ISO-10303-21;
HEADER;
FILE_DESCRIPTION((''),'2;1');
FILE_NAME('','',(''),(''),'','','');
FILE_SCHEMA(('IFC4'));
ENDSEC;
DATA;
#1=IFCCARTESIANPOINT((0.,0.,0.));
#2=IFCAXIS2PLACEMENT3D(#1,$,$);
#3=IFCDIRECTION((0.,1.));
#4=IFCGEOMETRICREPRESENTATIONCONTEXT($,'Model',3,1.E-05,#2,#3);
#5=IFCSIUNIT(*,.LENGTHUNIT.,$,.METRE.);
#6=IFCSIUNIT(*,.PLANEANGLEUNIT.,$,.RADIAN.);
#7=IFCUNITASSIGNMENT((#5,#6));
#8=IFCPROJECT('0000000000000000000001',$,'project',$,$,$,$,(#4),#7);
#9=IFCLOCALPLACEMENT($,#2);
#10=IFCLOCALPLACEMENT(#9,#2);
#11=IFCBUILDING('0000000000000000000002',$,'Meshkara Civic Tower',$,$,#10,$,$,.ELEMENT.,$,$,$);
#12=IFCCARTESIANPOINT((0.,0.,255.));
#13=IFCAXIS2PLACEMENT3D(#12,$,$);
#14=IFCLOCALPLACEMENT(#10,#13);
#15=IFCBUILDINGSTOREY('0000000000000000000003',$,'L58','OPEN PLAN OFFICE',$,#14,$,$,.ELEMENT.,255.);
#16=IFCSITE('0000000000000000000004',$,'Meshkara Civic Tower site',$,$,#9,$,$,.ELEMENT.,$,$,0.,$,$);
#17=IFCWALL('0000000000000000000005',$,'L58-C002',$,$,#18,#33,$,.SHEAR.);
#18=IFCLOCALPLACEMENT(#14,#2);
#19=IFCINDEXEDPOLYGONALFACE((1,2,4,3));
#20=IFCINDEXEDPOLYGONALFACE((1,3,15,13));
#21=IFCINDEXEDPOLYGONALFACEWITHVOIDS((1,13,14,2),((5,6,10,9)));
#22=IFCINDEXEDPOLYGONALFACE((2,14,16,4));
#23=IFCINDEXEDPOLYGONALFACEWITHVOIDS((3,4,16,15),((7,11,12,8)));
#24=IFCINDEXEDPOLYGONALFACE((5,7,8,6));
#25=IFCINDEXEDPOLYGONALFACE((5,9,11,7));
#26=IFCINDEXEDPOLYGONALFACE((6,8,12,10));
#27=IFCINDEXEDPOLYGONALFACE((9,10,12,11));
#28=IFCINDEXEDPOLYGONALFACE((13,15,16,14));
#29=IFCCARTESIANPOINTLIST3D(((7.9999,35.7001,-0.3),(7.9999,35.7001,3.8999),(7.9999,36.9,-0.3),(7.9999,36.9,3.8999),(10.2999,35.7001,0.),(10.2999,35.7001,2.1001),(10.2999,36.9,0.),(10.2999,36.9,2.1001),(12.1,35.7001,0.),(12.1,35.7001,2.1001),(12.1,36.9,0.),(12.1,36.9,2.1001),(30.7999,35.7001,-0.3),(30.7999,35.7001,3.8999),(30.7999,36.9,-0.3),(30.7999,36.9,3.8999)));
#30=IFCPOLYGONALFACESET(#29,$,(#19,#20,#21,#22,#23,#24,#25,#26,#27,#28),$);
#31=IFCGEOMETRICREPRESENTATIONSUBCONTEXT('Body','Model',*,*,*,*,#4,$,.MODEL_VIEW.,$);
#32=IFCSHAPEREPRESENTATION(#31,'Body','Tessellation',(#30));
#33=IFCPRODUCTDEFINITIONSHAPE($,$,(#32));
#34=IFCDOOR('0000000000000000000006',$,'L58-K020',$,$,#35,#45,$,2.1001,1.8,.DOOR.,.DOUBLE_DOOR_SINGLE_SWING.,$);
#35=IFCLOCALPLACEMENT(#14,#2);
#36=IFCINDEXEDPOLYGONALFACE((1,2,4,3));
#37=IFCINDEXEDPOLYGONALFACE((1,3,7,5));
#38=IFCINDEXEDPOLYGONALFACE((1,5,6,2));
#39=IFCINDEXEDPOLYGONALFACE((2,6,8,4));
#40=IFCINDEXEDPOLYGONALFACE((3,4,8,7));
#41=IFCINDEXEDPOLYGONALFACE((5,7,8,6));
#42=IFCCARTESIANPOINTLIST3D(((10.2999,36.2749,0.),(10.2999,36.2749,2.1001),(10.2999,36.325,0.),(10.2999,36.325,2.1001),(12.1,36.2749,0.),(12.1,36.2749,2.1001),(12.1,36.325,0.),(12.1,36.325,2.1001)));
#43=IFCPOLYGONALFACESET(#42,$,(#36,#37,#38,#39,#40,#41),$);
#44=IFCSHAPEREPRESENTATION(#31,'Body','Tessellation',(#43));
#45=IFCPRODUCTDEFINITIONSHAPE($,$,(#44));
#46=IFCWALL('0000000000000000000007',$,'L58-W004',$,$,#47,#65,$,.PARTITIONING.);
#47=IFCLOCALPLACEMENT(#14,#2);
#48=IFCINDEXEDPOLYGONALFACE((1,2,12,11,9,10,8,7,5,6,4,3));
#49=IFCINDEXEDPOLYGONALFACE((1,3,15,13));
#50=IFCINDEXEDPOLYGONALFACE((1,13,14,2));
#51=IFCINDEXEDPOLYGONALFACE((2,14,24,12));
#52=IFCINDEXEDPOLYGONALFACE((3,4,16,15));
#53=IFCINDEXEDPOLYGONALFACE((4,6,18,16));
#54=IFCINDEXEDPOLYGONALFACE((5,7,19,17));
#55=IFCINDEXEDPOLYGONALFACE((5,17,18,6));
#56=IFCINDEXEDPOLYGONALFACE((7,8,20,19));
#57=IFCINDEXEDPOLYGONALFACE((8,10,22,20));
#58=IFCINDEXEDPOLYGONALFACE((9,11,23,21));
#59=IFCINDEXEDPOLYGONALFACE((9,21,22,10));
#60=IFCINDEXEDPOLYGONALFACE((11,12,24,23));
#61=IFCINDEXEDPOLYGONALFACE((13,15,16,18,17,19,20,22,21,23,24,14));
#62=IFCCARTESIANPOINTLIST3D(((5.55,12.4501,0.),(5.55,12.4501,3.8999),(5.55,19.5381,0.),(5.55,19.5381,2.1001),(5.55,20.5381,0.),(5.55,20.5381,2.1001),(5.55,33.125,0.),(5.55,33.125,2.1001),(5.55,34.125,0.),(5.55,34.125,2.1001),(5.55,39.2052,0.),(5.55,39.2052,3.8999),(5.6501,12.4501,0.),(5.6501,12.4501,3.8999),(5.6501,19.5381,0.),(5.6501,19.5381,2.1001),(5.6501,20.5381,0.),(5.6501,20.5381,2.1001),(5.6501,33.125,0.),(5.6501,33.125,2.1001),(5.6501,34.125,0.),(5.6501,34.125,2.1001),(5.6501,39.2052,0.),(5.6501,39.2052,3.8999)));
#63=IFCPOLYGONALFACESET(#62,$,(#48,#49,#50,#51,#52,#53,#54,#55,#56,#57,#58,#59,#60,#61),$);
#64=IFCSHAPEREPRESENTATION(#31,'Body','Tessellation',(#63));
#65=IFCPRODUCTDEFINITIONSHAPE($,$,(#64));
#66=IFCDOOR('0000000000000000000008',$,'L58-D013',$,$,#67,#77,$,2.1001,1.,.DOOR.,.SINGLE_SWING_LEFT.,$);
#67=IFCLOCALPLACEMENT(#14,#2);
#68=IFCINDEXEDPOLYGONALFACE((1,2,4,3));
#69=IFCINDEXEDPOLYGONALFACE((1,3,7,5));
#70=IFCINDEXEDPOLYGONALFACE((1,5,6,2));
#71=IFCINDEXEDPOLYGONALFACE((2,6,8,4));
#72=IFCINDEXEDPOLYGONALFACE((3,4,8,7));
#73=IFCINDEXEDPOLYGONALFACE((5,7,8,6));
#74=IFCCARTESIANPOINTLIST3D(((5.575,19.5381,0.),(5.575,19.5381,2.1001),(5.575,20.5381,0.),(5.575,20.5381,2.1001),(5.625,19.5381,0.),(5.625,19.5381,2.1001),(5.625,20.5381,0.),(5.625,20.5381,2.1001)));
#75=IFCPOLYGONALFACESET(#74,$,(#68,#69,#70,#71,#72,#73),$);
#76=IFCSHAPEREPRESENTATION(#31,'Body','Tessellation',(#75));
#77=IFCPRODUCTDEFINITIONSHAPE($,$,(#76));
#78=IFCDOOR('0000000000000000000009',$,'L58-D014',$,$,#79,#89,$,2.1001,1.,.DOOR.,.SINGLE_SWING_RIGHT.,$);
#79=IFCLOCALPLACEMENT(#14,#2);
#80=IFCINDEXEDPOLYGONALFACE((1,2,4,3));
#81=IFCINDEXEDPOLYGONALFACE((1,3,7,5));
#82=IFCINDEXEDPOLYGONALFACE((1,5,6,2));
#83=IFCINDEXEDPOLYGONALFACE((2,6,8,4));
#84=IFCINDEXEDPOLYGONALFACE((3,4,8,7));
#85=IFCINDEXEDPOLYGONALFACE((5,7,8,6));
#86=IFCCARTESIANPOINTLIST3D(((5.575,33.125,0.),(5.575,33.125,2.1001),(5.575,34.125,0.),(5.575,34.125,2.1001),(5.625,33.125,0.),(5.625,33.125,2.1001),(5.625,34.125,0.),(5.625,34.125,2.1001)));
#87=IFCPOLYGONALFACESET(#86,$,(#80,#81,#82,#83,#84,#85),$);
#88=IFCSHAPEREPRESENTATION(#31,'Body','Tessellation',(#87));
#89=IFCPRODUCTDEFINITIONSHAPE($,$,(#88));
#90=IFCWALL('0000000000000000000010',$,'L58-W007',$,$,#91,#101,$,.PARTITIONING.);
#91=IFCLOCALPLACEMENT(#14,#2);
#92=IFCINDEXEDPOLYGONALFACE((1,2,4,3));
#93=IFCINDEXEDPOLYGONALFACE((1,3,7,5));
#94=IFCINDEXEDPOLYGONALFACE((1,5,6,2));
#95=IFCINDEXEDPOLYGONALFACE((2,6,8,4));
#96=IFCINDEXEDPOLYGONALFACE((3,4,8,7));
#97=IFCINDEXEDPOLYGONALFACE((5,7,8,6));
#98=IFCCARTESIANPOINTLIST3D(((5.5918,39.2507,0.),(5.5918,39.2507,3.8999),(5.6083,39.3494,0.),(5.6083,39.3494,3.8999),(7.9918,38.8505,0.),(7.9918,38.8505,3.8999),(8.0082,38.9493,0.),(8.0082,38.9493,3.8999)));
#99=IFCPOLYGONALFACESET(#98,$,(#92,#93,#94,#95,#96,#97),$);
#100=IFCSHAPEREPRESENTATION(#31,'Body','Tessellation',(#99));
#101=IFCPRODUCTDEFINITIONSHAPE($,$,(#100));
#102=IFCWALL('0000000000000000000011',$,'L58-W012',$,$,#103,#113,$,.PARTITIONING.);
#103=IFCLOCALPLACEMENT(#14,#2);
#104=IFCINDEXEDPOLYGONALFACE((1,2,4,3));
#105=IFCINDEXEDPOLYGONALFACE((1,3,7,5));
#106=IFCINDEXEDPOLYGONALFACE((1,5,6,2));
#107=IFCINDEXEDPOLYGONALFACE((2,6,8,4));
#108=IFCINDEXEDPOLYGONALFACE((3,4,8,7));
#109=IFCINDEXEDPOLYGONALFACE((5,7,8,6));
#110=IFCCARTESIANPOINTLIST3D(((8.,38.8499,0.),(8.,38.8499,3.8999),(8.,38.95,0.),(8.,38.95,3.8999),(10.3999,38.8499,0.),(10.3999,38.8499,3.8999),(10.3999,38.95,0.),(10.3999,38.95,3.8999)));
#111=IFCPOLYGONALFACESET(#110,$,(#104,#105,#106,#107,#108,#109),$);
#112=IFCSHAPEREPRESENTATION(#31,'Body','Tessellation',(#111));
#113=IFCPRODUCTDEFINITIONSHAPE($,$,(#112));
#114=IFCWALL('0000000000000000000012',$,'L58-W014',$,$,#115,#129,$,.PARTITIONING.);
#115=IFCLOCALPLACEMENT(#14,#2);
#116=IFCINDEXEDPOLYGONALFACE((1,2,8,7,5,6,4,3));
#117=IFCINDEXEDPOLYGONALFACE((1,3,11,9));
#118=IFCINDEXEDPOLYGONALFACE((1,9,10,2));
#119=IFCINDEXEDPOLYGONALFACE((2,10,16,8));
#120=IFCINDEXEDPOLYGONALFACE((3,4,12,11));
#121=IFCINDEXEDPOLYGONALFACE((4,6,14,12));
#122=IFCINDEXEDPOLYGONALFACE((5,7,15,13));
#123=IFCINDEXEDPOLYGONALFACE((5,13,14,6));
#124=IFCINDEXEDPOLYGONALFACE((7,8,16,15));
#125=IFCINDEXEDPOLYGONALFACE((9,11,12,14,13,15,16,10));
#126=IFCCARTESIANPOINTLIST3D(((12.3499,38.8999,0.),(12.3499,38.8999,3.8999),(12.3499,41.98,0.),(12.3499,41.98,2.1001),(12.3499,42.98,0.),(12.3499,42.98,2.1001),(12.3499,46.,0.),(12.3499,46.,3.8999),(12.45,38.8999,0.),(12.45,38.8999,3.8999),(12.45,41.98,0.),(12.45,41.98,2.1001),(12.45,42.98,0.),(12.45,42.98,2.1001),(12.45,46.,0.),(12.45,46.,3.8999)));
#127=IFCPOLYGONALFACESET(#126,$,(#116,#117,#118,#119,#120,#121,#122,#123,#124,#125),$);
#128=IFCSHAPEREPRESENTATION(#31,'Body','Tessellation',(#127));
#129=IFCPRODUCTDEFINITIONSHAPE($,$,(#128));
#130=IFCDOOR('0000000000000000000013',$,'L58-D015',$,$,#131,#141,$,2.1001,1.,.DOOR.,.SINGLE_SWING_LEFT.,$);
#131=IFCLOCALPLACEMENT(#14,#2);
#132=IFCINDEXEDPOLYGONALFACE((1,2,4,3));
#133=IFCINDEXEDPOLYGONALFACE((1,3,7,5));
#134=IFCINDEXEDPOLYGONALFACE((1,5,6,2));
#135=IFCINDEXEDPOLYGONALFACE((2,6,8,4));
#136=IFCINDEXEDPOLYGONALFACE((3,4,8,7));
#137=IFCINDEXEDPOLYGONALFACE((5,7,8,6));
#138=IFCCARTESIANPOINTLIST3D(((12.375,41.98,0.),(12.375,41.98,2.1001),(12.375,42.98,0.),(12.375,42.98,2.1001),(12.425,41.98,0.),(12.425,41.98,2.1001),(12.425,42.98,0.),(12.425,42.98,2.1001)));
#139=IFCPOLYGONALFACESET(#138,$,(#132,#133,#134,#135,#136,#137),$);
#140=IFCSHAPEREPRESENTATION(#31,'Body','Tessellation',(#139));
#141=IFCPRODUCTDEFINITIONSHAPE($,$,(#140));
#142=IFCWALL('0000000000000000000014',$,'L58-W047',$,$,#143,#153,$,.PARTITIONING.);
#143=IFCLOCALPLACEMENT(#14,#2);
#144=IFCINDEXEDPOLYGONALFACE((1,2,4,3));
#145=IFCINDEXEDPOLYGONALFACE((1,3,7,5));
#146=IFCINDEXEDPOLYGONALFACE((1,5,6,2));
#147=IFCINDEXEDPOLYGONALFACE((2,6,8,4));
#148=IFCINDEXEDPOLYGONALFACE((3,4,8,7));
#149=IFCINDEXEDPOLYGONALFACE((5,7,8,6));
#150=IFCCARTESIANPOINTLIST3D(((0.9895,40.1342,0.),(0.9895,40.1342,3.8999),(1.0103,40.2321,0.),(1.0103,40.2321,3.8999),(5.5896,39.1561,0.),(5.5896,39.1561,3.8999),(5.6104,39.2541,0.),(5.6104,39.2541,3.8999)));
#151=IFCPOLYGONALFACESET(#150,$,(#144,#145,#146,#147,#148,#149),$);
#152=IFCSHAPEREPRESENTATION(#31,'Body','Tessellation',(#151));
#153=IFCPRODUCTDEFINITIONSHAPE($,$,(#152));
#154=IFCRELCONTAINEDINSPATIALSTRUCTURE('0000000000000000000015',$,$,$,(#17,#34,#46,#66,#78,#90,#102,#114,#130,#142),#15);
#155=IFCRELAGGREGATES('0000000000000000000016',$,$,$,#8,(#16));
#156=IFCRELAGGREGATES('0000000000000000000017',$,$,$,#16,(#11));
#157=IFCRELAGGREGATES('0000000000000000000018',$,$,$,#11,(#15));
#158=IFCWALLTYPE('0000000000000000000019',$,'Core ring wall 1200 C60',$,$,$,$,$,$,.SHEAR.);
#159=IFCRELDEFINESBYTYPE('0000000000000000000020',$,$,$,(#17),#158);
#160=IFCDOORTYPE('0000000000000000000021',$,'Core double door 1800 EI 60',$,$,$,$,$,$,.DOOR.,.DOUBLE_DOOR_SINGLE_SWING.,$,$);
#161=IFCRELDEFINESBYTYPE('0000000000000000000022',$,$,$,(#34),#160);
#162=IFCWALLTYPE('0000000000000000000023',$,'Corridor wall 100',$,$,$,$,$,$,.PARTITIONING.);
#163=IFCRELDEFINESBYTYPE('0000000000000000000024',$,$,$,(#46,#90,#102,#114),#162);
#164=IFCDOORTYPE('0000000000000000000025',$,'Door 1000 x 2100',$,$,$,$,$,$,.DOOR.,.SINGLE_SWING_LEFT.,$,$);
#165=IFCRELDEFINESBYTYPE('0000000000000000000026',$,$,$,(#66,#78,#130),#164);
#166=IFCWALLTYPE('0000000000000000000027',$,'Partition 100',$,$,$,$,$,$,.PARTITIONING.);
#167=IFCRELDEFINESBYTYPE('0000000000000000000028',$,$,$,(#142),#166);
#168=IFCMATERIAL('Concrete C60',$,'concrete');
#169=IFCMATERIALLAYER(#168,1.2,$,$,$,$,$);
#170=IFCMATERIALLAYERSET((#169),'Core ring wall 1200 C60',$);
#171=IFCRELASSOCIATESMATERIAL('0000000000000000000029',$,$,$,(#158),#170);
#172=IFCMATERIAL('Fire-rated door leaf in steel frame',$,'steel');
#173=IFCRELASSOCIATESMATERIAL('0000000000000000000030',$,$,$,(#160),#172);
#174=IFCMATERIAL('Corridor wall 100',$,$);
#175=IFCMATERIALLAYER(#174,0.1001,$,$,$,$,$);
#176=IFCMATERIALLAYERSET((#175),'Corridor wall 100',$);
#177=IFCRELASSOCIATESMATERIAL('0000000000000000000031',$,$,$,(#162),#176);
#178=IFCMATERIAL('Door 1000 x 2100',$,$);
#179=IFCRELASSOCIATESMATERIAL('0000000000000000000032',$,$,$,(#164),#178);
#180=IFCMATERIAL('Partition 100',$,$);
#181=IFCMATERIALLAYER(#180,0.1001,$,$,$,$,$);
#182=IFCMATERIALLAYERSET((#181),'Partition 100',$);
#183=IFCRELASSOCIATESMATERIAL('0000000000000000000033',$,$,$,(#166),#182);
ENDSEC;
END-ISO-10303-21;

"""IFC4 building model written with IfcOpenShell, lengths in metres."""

from ifc_helpers import new_model, si_unit, direction, frame, frame_2d, origin, place, context, subcontext, project, spatial, rectangle, extrude, material, layer, layer_set, type_object, element, fill, save


model = new_model("IFC4")

# Units and contexts
model_context = context("Model", 3, precision=1e-05, world=origin(), true_north=direction((0.0, 1.0)))
body_context = subcontext(model_context, "Body", "Model", "MODEL_VIEW")
ifc_project = project(units=[si_unit("LENGTHUNIT", "METRE"), si_unit("PLANEANGLEUNIT", "RADIAN")], contexts=[model_context])

# Site, building, storey
site_placement = place(None, origin())
site = spatial("IfcSite", under=ifc_project, at=site_placement, Name="Meshkara Civic Tower site", CompositionType="ELEMENT", RefElevation=0.0)
building_placement = place(site_placement, origin())
building = spatial("IfcBuilding", under=site, at=building_placement, Name="Meshkara Civic Tower", CompositionType="ELEMENT")
storey_placement = place(building_placement, frame((0.0, 0.0, 255.0)))
storey = spatial("IfcBuildingStorey", under=building, at=storey_placement, Name="L58", Description="OPEN PLAN OFFICE", CompositionType="ELEMENT", Elevation=255.0)

# Wall, opening, door
ifc_material_1 = material(Name="Concrete C60", Category="concrete")
ifc_layer_1 = layer(ifc_material_1, 1.2)
ifc_layer_set_1 = layer_set([ifc_layer_1], Name="Core ring wall 1200 C60")
wall_type_1 = type_object("IfcWallType", Name="Core ring wall 1200 C60", PredefinedType="SHEAR", material=ifc_layer_set_1)
wall_1_placement = place(storey_placement, frame((8.0, 36.3, -0.3), z_axis=(0.0, 0.0, 1.0), x_axis=(1.0, 0.0, 0.0)))
wall_1 = element("IfcWall", 1, at=wall_1_placement, inside=storey, type_object=wall_type_1, Name="L58-C002", PredefinedType="SHEAR", context=body_context, shape_type="SweptSolid", body=[
    extrude(rectangle(XDim=22.8, YDim=1.2, at=frame_2d((11.3999, 0.0))), origin(), (0.0, 0.0, 1.0), 4.2),
])
opening_1_placement = place(wall_1_placement, frame((2.3, 0.0, 0.3)))
opening_1 = element("IfcOpeningElement", 2, at=opening_1_placement, cuts=wall_1, PredefinedType="OPENING", context=body_context, shape_type="SweptSolid", body=[
    extrude(rectangle(XDim=1.8, YDim=2.1001, at=frame_2d((0.8999, 1.05))), frame((0.0, 0.6099, 0.0), z_axis=(0.0, -1.0, 0.0), x_axis=(1.0, 0.0, 0.0)), (0.0, 0.0, 1.0), 1.22),
])
ifc_material_2 = material(Name="Fire-rated door leaf in steel frame", Category="steel")
door_type_1 = type_object("IfcDoorType", Name="Core double door 1800 EI 60", OperationType="DOUBLE_DOOR_SINGLE_SWING", PredefinedType="DOOR", material=ifc_material_2)
door_1_placement = place(opening_1_placement, origin())
door_1 = element("IfcDoor", 3, at=door_1_placement, inside=storey, type_object=door_type_1, Name="L58-K020", OperationType="DOUBLE_DOOR_SINGLE_SWING", OverallHeight=2.1001, OverallWidth=1.8, PredefinedType="DOOR", context=body_context, shape_type="SweptSolid", body=[
    extrude(rectangle(XDim=1.8, YDim=2.1001, at=frame_2d((0.8999, 1.05))), frame((0.0, 0.0249, 0.0), z_axis=(0.0, -1.0, 0.0), x_axis=(1.0, 0.0, 0.0)), (0.0, 0.0, 1.0), 0.05),
])
fill(opening_1, door_1)

# Wall, openings, doors
ifc_material_3 = material(Name="Corridor wall 100")
ifc_layer_2 = layer(ifc_material_3, 0.1001)
ifc_layer_set_2 = layer_set([ifc_layer_2], Name="Corridor wall 100")
wall_type_2 = type_object("IfcWallType", Name="Corridor wall 100", PredefinedType="PARTITIONING", material=ifc_layer_set_2)
wall_2_placement = place(storey_placement, frame((5.6001, 39.2051, 0.0), z_axis=(0.0, 0.0, 1.0), x_axis=(0.0, -1.0, 0.0)))
wall_2 = element("IfcWall", 4, at=wall_2_placement, inside=storey, type_object=wall_type_2, Name="L58-W004", PredefinedType="PARTITIONING", context=body_context, shape_type="SweptSolid", body=[
    extrude(rectangle(XDim=26.7551, YDim=0.1001, at=frame_2d((13.3774, 0.0))), origin(), (0.0, 0.0, 1.0), 3.8999),
])
opening_2_placement = place(wall_2_placement, frame((18.667, 0.0, 0.0)))
opening_2 = element("IfcOpeningElement", 5, at=opening_2_placement, cuts=wall_2, PredefinedType="OPENING", context=body_context, shape_type="SweptSolid", body=[
    extrude(rectangle(XDim=1.0, YDim=2.1001, at=frame_2d((0.5, 1.05))), frame((0.0, 0.0601, 0.0), z_axis=(0.0, -1.0, 0.0), x_axis=(1.0, 0.0, 0.0)), (0.0, 0.0, 1.0), 0.1201),
])
opening_3_placement = place(wall_2_placement, frame((5.0801, 0.0, 0.0)))
opening_3 = element("IfcOpeningElement", 6, at=opening_3_placement, cuts=wall_2, PredefinedType="OPENING", context=body_context, shape_type="SweptSolid", body=[
    extrude(rectangle(XDim=1.0, YDim=2.1001, at=frame_2d((0.5, 1.05))), frame((0.0, 0.0601, 0.0), z_axis=(0.0, -1.0, 0.0), x_axis=(1.0, 0.0, 0.0)), (0.0, 0.0, 1.0), 0.1201),
])
ifc_material_4 = material(Name="Door 1000 x 2100")
door_type_2 = type_object("IfcDoorType", Name="Door 1000 x 2100", OperationType="SINGLE_SWING_LEFT", PredefinedType="DOOR", material=ifc_material_4)
door_2_placement = place(opening_2_placement, origin())
door_2 = element("IfcDoor", 7, at=door_2_placement, inside=storey, type_object=door_type_2, Name="L58-D013", OperationType="SINGLE_SWING_LEFT", OverallHeight=2.1001, OverallWidth=1.0, PredefinedType="DOOR", context=body_context, shape_type="SweptSolid", body=[
    extrude(rectangle(XDim=1.0, YDim=2.1001, at=frame_2d((0.5, 1.05))), frame((0.0, 0.0249, 0.0), z_axis=(0.0, -1.0, 0.0), x_axis=(1.0, 0.0, 0.0)), (0.0, 0.0, 1.0), 0.05),
])
fill(opening_2, door_2)
door_3_placement = place(opening_3_placement, origin())
door_3 = element("IfcDoor", 8, at=door_3_placement, inside=storey, type_object=door_type_2, Name="L58-D014", OperationType="SINGLE_SWING_RIGHT", OverallHeight=2.1001, OverallWidth=1.0, PredefinedType="DOOR", context=body_context, shape_type="SweptSolid", body=[
    extrude(rectangle(XDim=1.0, YDim=2.1001, at=frame_2d((0.5, 1.05))), frame((0.0, 0.0249, 0.0), z_axis=(0.0, -1.0, 0.0), x_axis=(1.0, 0.0, 0.0)), (0.0, 0.0, 1.0), 0.05),
])
fill(opening_3, door_3)

# Walls
wall_3_placement = place(storey_placement, frame((8.0, 38.8999, 0.0), z_axis=(0.0, 0.0, 1.0), x_axis=(-0.986383, 0.164464, 0.0)))
element("IfcWall", 9, at=wall_3_placement, inside=storey, type_object=wall_type_2, Name="L58-W007", PredefinedType="PARTITIONING", context=body_context, shape_type="SweptSolid", body=[
    extrude(rectangle(XDim=2.4331, YDim=0.1001, at=frame_2d((1.2166, 0.0))), origin(), (0.0, 0.0, 1.0), 3.8999),
])
wall_4_placement = place(storey_placement, frame((10.3999, 38.8999, 0.0), z_axis=(0.0, 0.0, 1.0), x_axis=(-1.0, 0.0, 0.0)))
element("IfcWall", 10, at=wall_4_placement, inside=storey, type_object=wall_type_2, Name="L58-W012", PredefinedType="PARTITIONING", context=body_context, shape_type="SweptSolid", body=[
    extrude(rectangle(XDim=2.3999, YDim=0.1001, at=frame_2d((1.2, 0.0))), origin(), (0.0, 0.0, 1.0), 3.8999),
])

# Wall, opening, door
wall_5_placement = place(storey_placement, frame((12.3999, 38.8999, 0.0), z_axis=(0.0, 0.0, 1.0), x_axis=(0.0, 1.0, 0.0)))
wall_5 = element("IfcWall", 11, at=wall_5_placement, inside=storey, type_object=wall_type_2, Name="L58-W014", PredefinedType="PARTITIONING", context=body_context, shape_type="SweptSolid", body=[
    extrude(rectangle(XDim=7.1001, YDim=0.1001, at=frame_2d((3.55, 0.0))), origin(), (0.0, 0.0, 1.0), 3.8999),
])
opening_4_placement = place(wall_5_placement, frame((3.0801, 0.0, 0.0)))
opening_4 = element("IfcOpeningElement", 12, at=opening_4_placement, cuts=wall_5, PredefinedType="OPENING", context=body_context, shape_type="SweptSolid", body=[
    extrude(rectangle(XDim=1.0, YDim=2.1001, at=frame_2d((0.5, 1.05))), frame((0.0, 0.0601, 0.0), z_axis=(0.0, -1.0, 0.0), x_axis=(1.0, 0.0, 0.0)), (0.0, 0.0, 1.0), 0.1201),
])
door_4_placement = place(opening_4_placement, origin())
door_4 = element("IfcDoor", 13, at=door_4_placement, inside=storey, type_object=door_type_2, Name="L58-D015", OperationType="SINGLE_SWING_LEFT", OverallHeight=2.1001, OverallWidth=1.0, PredefinedType="DOOR", context=body_context, shape_type="SweptSolid", body=[
    extrude(rectangle(XDim=1.0, YDim=2.1001, at=frame_2d((0.5, 1.05))), frame((0.0, 0.0249, 0.0), z_axis=(0.0, -1.0, 0.0), x_axis=(1.0, 0.0, 0.0)), (0.0, 0.0, 1.0), 0.05),
])
fill(opening_4, door_4)

# Wall
ifc_material_5 = material(Name="Partition 100")
ifc_layer_3 = layer(ifc_material_5, 0.1001)
ifc_layer_set_3 = layer_set([ifc_layer_3], Name="Partition 100")
wall_type_3 = type_object("IfcWallType", Name="Partition 100", PredefinedType="PARTITIONING", material=ifc_layer_set_3)
wall_6_placement = place(storey_placement, frame((5.6001, 39.2051, 0.0), z_axis=(0.0, 0.0, 1.0), x_axis=(-0.978137, 0.207962, 0.0)))
element("IfcWall", 14, at=wall_6_placement, inside=storey, type_object=wall_type_3, Name="L58-W047", PredefinedType="PARTITIONING", context=body_context, shape_type="SweptSolid", body=[
    extrude(rectangle(XDim=4.7029, YDim=0.1001, at=frame_2d((2.3516, 0.0))), origin(), (0.0, 0.0, 1.0), 3.8999),
])

save(model, "model.ifc")
